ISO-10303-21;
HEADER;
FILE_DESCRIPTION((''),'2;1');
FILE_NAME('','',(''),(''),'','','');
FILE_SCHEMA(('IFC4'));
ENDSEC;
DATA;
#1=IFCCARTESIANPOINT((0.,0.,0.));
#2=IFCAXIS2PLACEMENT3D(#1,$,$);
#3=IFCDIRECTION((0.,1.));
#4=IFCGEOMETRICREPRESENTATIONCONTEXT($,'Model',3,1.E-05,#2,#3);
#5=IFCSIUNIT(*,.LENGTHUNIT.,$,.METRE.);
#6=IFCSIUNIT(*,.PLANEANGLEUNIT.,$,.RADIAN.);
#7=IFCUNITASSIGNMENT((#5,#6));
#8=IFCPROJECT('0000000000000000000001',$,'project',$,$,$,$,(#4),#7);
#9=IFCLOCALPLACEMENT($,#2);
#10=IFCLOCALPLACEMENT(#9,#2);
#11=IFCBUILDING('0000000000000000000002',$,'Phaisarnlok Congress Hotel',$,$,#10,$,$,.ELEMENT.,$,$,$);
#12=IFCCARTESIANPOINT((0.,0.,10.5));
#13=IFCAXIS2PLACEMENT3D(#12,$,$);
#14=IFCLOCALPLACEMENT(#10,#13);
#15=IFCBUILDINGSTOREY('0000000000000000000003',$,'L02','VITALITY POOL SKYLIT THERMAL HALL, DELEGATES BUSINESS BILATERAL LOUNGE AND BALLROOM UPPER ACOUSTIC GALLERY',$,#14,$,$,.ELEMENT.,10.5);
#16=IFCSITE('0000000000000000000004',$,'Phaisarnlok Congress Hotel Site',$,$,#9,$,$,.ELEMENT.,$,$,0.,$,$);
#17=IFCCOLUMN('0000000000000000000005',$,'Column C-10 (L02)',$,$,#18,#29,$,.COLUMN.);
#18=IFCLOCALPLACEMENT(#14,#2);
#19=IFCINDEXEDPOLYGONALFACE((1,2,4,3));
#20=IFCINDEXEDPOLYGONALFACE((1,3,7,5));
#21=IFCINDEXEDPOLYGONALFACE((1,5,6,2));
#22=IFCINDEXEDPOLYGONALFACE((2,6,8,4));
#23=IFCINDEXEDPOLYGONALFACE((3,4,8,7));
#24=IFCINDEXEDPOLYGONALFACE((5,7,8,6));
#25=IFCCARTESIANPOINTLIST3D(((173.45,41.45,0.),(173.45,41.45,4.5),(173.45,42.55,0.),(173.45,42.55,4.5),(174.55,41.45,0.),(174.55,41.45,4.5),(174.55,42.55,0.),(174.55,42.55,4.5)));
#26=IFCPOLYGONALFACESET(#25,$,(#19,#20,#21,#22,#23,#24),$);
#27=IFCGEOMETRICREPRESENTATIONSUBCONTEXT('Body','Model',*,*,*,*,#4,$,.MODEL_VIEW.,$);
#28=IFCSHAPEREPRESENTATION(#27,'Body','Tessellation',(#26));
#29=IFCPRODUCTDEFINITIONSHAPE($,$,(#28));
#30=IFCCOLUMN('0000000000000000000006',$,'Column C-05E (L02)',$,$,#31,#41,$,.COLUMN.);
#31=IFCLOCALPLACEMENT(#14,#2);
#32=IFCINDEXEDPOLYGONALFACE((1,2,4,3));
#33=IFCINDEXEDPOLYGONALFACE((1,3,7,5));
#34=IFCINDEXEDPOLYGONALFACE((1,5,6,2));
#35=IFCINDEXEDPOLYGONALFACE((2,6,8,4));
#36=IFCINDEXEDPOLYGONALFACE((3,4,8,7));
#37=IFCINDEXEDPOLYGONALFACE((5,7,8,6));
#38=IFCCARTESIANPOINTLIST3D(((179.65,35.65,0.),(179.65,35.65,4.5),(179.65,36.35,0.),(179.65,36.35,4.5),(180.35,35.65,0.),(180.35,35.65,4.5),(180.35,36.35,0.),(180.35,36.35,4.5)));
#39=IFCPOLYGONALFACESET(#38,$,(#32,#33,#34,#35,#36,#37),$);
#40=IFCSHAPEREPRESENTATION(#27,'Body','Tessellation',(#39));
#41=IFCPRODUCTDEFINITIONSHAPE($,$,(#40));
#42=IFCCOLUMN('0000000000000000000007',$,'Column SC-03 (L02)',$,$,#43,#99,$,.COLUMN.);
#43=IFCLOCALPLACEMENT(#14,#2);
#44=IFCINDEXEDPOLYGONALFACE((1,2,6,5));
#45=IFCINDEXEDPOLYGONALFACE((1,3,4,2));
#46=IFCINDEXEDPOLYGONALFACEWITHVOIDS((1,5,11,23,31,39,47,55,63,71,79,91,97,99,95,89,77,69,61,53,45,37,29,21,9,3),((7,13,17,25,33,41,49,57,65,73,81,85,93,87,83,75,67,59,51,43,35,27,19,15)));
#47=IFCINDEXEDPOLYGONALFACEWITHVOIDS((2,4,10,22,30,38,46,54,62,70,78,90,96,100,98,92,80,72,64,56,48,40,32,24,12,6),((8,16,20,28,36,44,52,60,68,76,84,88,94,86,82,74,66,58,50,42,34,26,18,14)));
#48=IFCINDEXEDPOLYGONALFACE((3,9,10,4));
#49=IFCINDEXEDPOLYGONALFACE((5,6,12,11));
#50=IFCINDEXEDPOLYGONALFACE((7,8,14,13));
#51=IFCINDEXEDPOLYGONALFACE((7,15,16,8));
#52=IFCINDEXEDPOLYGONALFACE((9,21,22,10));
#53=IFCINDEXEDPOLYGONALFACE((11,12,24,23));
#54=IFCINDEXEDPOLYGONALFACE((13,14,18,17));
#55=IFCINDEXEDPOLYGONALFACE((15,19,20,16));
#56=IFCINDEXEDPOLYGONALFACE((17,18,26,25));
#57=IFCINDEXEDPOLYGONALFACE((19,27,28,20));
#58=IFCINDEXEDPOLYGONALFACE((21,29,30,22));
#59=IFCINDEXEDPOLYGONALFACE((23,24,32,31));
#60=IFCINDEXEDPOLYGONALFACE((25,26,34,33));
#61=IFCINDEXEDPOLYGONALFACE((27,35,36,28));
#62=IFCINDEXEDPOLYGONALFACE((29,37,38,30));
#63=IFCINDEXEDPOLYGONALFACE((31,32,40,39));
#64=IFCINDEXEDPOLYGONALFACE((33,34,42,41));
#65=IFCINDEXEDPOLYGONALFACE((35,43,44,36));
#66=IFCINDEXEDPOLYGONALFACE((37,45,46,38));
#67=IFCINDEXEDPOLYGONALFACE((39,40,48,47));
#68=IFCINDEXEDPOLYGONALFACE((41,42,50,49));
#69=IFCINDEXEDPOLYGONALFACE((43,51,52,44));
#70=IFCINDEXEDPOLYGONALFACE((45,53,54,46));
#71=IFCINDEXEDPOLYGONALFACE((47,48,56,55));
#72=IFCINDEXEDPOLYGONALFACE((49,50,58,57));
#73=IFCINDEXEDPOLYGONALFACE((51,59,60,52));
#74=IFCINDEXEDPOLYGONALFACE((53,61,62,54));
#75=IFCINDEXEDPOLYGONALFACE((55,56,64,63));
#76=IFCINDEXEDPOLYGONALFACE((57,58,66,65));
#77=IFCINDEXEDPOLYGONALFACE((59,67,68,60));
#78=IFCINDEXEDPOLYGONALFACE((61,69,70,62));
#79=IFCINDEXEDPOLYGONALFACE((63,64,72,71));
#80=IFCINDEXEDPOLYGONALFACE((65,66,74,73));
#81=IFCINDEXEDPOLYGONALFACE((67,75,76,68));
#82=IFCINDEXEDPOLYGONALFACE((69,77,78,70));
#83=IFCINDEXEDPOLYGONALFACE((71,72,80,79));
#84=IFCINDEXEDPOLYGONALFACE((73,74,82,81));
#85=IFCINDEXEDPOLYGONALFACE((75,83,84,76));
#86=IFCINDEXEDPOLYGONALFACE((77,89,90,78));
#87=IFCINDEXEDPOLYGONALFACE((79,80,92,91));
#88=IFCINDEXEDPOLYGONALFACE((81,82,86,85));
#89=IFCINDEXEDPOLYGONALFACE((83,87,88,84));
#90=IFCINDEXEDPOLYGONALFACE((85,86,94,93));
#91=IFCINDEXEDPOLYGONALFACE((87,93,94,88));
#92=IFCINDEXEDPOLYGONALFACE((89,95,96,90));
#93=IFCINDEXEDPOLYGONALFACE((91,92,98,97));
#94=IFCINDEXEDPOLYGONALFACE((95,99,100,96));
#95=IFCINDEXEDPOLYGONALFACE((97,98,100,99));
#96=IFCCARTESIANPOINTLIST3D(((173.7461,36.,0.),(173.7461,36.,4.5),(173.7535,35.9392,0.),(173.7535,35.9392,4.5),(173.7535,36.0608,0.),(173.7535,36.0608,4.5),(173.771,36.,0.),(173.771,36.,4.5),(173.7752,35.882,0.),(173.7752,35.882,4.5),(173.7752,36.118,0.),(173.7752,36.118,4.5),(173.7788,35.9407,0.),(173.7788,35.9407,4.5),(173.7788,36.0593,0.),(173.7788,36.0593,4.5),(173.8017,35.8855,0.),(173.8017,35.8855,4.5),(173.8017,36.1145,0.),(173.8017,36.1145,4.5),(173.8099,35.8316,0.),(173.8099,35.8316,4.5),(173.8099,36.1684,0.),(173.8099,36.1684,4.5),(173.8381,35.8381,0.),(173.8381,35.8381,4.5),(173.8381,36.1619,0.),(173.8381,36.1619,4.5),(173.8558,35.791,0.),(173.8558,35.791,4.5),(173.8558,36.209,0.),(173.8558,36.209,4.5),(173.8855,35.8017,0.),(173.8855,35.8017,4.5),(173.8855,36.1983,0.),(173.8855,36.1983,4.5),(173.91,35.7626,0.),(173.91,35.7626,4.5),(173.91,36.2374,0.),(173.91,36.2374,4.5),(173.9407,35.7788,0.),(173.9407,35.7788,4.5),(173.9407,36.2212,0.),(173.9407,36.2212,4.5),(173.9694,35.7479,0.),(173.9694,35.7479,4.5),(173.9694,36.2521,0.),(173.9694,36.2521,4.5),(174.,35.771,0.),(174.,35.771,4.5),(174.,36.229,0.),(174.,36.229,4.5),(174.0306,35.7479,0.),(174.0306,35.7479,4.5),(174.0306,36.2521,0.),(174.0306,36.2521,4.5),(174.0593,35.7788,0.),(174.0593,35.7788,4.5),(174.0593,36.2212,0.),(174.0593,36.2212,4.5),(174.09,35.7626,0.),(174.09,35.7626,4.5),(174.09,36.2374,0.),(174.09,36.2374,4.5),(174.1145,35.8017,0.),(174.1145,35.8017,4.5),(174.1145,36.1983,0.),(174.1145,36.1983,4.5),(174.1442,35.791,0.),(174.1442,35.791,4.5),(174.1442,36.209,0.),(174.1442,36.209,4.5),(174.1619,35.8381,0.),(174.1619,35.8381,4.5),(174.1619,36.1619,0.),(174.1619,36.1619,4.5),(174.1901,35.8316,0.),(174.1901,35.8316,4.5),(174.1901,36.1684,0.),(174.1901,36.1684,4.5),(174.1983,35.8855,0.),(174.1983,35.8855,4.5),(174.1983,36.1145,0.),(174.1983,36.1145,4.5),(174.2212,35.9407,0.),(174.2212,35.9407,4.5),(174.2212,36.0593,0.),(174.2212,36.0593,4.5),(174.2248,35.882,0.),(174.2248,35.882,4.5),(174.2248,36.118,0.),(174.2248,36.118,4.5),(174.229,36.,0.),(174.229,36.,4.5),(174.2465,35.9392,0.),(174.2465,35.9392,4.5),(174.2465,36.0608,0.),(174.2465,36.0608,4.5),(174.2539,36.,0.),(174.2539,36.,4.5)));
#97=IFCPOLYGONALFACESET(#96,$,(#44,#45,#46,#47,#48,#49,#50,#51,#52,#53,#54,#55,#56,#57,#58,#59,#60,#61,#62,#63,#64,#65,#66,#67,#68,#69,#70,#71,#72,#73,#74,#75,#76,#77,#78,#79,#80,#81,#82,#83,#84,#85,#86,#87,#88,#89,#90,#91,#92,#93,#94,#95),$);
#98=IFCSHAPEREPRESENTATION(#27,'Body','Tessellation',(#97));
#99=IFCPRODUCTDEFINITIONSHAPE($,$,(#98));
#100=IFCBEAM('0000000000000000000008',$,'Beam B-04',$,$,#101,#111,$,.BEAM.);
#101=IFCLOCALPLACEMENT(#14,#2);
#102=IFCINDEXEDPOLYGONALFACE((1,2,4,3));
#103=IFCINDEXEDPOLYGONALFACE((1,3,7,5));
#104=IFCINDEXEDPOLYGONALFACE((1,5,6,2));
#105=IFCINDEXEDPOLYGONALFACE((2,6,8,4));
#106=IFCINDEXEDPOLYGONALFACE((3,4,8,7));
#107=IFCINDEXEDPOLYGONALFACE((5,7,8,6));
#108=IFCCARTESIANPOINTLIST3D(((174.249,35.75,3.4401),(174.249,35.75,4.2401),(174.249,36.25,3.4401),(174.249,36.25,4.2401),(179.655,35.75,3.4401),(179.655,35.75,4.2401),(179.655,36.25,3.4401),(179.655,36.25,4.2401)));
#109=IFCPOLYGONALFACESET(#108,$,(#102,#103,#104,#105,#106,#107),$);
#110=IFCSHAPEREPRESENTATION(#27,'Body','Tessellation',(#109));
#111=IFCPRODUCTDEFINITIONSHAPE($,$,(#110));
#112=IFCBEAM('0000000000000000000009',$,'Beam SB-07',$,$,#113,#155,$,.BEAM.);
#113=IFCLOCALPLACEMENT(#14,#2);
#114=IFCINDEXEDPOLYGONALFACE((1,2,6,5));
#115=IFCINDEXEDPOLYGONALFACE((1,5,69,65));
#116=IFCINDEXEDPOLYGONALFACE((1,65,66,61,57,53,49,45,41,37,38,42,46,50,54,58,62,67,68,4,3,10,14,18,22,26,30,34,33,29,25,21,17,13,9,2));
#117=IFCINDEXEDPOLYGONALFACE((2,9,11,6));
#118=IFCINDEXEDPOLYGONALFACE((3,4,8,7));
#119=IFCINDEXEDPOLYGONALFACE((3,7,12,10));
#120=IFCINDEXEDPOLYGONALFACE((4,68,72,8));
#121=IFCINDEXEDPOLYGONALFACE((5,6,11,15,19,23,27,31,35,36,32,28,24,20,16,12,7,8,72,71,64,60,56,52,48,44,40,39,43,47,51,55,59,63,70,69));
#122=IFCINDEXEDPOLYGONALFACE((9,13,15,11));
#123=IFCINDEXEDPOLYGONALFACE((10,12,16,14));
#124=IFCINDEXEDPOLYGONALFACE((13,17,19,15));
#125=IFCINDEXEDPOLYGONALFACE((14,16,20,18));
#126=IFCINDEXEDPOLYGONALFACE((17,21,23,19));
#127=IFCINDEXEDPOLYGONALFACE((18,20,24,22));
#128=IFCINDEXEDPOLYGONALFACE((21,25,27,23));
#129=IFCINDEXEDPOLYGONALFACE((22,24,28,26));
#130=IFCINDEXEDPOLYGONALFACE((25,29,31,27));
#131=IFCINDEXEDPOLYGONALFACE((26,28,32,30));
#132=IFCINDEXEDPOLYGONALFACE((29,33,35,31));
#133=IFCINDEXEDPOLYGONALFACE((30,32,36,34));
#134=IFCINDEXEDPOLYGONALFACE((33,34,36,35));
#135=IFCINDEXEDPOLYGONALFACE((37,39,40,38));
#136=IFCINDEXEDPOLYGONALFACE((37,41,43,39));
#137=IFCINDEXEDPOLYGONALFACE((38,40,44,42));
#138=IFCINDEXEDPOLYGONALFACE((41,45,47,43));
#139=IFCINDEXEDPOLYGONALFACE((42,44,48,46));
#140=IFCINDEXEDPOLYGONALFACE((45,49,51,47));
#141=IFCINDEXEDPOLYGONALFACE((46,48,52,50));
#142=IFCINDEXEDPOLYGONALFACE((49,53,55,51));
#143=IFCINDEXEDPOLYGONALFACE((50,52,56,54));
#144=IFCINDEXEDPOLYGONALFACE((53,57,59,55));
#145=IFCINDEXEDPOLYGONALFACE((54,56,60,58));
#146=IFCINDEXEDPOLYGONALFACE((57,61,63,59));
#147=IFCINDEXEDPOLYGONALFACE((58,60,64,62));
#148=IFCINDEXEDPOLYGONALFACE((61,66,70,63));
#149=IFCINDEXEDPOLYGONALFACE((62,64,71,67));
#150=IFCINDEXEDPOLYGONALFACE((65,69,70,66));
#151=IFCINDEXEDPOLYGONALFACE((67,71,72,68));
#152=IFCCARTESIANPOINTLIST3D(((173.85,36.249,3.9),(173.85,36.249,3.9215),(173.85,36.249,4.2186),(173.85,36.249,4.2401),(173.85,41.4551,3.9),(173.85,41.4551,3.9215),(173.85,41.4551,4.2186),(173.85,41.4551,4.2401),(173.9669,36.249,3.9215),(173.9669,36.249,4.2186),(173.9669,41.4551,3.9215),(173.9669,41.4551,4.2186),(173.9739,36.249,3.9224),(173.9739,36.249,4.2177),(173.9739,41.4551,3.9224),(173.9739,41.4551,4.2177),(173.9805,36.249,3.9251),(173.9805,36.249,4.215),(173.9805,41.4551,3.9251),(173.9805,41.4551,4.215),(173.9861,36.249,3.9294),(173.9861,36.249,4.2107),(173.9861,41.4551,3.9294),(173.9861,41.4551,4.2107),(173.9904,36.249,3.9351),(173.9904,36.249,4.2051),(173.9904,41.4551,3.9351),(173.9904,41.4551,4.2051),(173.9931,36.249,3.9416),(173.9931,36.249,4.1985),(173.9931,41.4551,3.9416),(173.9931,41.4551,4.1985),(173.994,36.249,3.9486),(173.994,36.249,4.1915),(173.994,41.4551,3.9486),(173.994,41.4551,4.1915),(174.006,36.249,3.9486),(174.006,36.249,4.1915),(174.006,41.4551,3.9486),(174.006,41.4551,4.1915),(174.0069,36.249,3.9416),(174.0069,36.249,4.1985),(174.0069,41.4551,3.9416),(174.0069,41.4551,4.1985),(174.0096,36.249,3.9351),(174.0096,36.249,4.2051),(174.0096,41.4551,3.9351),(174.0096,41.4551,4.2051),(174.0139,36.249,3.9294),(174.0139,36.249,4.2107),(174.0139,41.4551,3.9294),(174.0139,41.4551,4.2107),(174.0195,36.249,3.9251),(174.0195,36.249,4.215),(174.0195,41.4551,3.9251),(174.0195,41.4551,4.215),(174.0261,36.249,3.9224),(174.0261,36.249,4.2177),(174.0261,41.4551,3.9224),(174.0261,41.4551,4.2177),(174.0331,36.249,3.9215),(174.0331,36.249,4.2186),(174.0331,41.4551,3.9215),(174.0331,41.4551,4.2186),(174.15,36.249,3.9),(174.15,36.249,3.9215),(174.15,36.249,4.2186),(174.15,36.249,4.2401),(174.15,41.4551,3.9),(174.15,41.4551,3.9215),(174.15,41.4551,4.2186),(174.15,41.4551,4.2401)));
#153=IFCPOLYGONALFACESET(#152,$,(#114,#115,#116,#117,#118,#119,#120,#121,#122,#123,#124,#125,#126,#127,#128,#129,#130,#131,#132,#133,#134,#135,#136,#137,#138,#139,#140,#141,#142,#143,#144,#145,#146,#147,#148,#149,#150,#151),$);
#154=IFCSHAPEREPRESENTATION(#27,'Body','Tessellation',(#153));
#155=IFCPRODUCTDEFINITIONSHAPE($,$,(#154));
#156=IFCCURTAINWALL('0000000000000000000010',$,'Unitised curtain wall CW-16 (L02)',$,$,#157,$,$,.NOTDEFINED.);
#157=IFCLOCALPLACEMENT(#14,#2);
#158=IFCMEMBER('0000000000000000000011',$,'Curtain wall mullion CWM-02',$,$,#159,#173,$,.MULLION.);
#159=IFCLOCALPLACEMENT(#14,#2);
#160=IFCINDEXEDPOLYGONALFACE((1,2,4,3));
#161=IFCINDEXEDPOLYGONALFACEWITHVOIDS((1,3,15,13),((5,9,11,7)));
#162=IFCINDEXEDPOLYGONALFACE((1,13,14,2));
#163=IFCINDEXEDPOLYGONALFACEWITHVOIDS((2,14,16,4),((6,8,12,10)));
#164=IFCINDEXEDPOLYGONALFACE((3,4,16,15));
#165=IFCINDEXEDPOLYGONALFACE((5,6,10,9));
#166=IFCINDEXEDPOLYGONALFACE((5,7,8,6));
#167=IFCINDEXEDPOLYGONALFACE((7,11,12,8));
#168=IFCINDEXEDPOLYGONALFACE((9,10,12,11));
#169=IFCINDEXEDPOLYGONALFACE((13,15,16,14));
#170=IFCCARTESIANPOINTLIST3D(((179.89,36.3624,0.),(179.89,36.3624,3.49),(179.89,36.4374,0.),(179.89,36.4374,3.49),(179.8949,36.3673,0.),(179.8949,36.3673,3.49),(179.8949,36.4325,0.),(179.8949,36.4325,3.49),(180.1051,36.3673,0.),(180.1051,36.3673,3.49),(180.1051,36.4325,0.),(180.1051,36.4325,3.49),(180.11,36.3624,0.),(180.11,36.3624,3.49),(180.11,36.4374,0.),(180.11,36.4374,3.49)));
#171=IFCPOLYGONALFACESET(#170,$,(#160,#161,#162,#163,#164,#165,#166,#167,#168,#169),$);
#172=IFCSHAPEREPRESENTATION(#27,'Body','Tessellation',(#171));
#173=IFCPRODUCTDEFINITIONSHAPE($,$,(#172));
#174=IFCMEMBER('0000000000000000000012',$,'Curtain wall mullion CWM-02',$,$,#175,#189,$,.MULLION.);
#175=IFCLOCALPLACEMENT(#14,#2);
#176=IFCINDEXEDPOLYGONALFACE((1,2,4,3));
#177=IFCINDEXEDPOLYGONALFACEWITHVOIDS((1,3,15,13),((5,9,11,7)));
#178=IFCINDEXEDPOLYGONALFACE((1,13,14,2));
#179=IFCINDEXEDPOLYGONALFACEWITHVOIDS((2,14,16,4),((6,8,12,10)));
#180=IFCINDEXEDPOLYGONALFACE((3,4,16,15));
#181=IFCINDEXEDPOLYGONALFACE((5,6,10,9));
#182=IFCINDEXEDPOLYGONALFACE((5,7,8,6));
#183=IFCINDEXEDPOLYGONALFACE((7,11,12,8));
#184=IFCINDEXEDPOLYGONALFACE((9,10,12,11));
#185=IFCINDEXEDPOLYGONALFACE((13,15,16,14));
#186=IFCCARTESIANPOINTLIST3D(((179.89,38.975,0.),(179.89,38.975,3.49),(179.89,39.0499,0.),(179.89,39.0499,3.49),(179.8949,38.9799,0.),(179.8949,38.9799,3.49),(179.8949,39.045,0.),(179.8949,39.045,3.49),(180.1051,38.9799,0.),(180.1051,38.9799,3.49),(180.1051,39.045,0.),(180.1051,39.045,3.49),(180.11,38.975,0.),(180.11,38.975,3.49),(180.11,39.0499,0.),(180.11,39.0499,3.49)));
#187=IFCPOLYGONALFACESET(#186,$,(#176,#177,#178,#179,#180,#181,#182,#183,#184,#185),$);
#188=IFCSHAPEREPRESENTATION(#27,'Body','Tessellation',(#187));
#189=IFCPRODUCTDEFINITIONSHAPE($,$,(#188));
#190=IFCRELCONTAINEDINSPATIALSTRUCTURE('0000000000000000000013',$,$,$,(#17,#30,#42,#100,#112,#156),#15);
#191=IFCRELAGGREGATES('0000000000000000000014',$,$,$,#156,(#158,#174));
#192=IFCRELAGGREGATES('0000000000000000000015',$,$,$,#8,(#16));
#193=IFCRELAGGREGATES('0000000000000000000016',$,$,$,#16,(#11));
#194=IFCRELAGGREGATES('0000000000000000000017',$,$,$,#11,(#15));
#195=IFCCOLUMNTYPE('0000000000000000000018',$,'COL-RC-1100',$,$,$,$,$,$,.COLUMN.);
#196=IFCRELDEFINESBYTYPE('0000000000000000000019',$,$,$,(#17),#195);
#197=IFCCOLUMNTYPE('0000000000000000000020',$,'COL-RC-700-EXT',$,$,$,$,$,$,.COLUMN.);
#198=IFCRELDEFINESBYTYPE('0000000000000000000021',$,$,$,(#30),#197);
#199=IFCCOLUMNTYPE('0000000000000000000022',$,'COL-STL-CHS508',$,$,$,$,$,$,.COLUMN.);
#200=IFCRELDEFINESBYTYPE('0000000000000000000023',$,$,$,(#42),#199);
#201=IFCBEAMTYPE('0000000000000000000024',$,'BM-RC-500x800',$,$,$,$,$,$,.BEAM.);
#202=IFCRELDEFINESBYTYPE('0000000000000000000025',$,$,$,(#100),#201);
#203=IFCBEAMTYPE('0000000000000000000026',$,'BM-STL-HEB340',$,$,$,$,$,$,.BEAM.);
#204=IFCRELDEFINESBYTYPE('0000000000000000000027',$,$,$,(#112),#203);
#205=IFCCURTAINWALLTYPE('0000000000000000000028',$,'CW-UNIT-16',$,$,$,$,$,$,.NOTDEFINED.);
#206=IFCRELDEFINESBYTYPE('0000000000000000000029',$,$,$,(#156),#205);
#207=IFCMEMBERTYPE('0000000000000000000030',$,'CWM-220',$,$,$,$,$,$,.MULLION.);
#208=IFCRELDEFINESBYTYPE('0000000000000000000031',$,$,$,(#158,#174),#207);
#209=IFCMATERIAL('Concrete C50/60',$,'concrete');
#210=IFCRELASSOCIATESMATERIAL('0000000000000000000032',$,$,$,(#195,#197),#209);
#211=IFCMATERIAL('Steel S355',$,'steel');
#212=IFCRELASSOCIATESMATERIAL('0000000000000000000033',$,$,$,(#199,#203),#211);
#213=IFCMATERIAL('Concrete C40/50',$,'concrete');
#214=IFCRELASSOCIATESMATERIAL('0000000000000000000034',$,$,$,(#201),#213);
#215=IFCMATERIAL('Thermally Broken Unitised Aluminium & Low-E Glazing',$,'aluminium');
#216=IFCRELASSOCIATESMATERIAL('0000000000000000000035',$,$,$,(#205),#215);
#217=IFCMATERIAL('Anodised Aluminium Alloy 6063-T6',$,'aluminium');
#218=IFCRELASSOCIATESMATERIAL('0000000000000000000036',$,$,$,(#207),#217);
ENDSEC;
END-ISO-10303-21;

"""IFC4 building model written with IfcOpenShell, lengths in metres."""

from ifc_helpers import new_model, si_unit, direction, frame, origin, origin_2d, place, context, subcontext, project, spatial, rectangle, hollow_rectangle, hollow_circle, i_section, extrude, material, material_profile, profile_set, type_object, element, aggregate, save


model = new_model("IFC4")

# Units and contexts
model_context = context("Model", 3, precision=1e-05, world=origin(), true_north=direction((0.0, 1.0)))
body_context = subcontext(model_context, "Body", "Model", "MODEL_VIEW")
ifc_project = project(units=[si_unit("LENGTHUNIT", "METRE"), si_unit("PLANEANGLEUNIT", "RADIAN")], contexts=[model_context])

# Site, building, storey
site_placement = place(None, origin())
site = spatial("IfcSite", under=ifc_project, at=site_placement, Name="Phaisarnlok Congress Hotel Site", CompositionType="ELEMENT", RefElevation=0.0)
building_placement = place(site_placement, origin())
building = spatial("IfcBuilding", under=site, at=building_placement, Name="Phaisarnlok Congress Hotel", CompositionType="ELEMENT")
storey_placement = place(building_placement, frame((0.0, 0.0, 10.5)))
storey = spatial("IfcBuildingStorey", under=building, at=storey_placement, Name="L02", Description="VITALITY POOL SKYLIT THERMAL HALL, DELEGATES BUSINESS BILATERAL LOUNGE AND BALLROOM UPPER ACOUSTIC GALLERY", CompositionType="ELEMENT", Elevation=10.5)

# Columns
ifc_material_1 = material(Name="Concrete C50/60", Category="concrete")
ifc_material_profile_1 = material_profile(ifc_material_1, rectangle(XDim=1.1001, YDim=1.1001, at=origin_2d()), Name="RC 1100x1100")
ifc_profile_set_1 = profile_set([ifc_material_profile_1], Name="Concrete C50/60")
column_type_1 = type_object("IfcColumnType", Name="COL-RC-1100", PredefinedType="COLUMN", material=ifc_profile_set_1)
column_1_placement = place(storey_placement, frame((174.0, 42.0, 0.0), z_axis=(0.0, 0.0, 1.0), x_axis=(1.0, 0.0, 0.0)))
element("IfcColumn", 1, at=column_1_placement, inside=storey, type_object=column_type_1, Name="Column C-10 (L02)", PredefinedType="COLUMN", context=body_context, shape_type="SweptSolid", body=[
    extrude(rectangle(XDim=1.1001, YDim=1.1001, at=origin_2d()), origin(), (0.0, 0.0, 1.0), 4.5),
])
ifc_material_profile_2 = material_profile(ifc_material_1, rectangle(XDim=0.7, YDim=0.7, at=origin_2d()), Name="RC 700x700")
ifc_profile_set_2 = profile_set([ifc_material_profile_2], Name="Concrete C50/60")
column_type_2 = type_object("IfcColumnType", Name="COL-RC-700-EXT", PredefinedType="COLUMN", material=ifc_profile_set_2)
column_2_placement = place(storey_placement, frame((180.0, 36.0, 0.0), z_axis=(0.0, 0.0, 1.0), x_axis=(1.0, 0.0, 0.0)))
element("IfcColumn", 2, at=column_2_placement, inside=storey, type_object=column_type_2, Name="Column C-05E (L02)", PredefinedType="COLUMN", context=body_context, shape_type="SweptSolid", body=[
    extrude(rectangle(XDim=0.7, YDim=0.7, at=origin_2d()), origin(), (0.0, 0.0, 1.0), 4.5),
])
ifc_material_2 = material(Name="Steel S355", Category="steel")
ifc_material_profile_3 = material_profile(ifc_material_2, hollow_circle(Radius=0.2539, WallThickness=0.0249, at=origin_2d()), Name="CHS 508x25")
ifc_profile_set_3 = profile_set([ifc_material_profile_3], Name="Steel S355")
column_type_3 = type_object("IfcColumnType", Name="COL-STL-CHS508", PredefinedType="COLUMN", material=ifc_profile_set_3)
column_3_placement = place(storey_placement, frame((174.0, 36.0, 0.0), z_axis=(0.0, 0.0, 1.0), x_axis=(1.0, 0.0, 0.0)))
element("IfcColumn", 3, at=column_3_placement, inside=storey, type_object=column_type_3, Name="Column SC-03 (L02)", PredefinedType="COLUMN", context=body_context, shape_type="SweptSolid", body=[
    extrude(hollow_circle(Radius=0.2539, WallThickness=0.0249, at=origin_2d()), origin(), (0.0, 0.0, 1.0), 4.5),
])

# Beams
ifc_material_3 = material(Name="Concrete C40/50", Category="concrete")
ifc_material_profile_4 = material_profile(ifc_material_3, rectangle(XDim=0.5, YDim=0.8, at=origin_2d()), Name="RC 500x800")
ifc_profile_set_4 = profile_set([ifc_material_profile_4], Name="Concrete C40/50")
beam_type_1 = type_object("IfcBeamType", Name="BM-RC-500x800", PredefinedType="BEAM", material=ifc_profile_set_4)
beam_1_placement = place(storey_placement, frame((174.249, 36.0, 3.8401), z_axis=(1.0, 0.0, 0.0), x_axis=(0.0, 1.0, 0.0)))
element("IfcBeam", 4, at=beam_1_placement, inside=storey, type_object=beam_type_1, Name="Beam B-04", PredefinedType="BEAM", context=body_context, shape_type="SweptSolid", body=[
    extrude(rectangle(XDim=0.5, YDim=0.8, at=origin_2d()), origin(), (0.0, 0.0, 1.0), 5.406),
])
ifc_material_profile_5 = material_profile(ifc_material_2, i_section(OverallWidth=0.3, OverallDepth=0.3401, WebThickness=0.012, FlangeThickness=0.0215, FilletRadius=0.0271, at=origin_2d()), Name="HEB 340")
ifc_profile_set_5 = profile_set([ifc_material_profile_5], Name="Steel S355")
beam_type_2 = type_object("IfcBeamType", Name="BM-STL-HEB340", PredefinedType="BEAM", material=ifc_profile_set_5)
beam_2_placement = place(storey_placement, frame((174.0, 36.249, 4.0701), z_axis=(0.0, 1.0, 0.0), x_axis=(-1.0, 0.0, 0.0)))
element("IfcBeam", 5, at=beam_2_placement, inside=storey, type_object=beam_type_2, Name="Beam SB-07", PredefinedType="BEAM", context=body_context, shape_type="SweptSolid", body=[
    extrude(i_section(OverallWidth=0.3, OverallDepth=0.3401, WebThickness=0.012, FlangeThickness=0.0215, FilletRadius=0.0271, at=origin_2d()), origin(), (0.0, 0.0, 1.0), 5.2061),
])

# Curtain wall, members
ifc_material_4 = material(Name="Thermally Broken Unitised Aluminium & Low-E Glazing", Category="aluminium")
curtain_wall_type = type_object("IfcCurtainWallType", Name="CW-UNIT-16", PredefinedType="NOTDEFINED", material=ifc_material_4)
curtain_wall_placement = place(storey_placement, origin())
curtain_wall = element("IfcCurtainWall", 6, at=curtain_wall_placement, inside=storey, type_object=curtain_wall_type, Name="Unitised curtain wall CW-16 (L02)", PredefinedType="NOTDEFINED")
ifc_material_5 = material(Name="Anodised Aluminium Alloy 6063-T6", Category="aluminium")
ifc_material_profile_6 = material_profile(ifc_material_5, hollow_rectangle(XDim=0.075, YDim=0.22, WallThickness=0.0049, at=origin_2d()), Name="ALU-M 75x220x5")
ifc_profile_set_6 = profile_set([ifc_material_profile_6], Name="Anodised Aluminium Alloy 6063-T6")
member_type_1 = type_object("IfcMemberType", Name="CWM-220", PredefinedType="MULLION", material=ifc_profile_set_6)
member_1_placement = place(storey_placement, frame((180.0, 36.3999, 0.0), z_axis=(0.0, 0.0, 1.0), x_axis=(0.0, 1.0, 0.0)))
member_1 = element("IfcMember", 7, at=member_1_placement, type_object=member_type_1, Name="Curtain wall mullion CWM-02", PredefinedType="MULLION", context=body_context, shape_type="SweptSolid", body=[
    extrude(hollow_rectangle(XDim=0.075, YDim=0.22, WallThickness=0.0049, at=origin_2d()), origin(), (0.0, 0.0, 1.0), 3.49),
])
member_2_placement = place(storey_placement, frame((180.0, 39.0125, 0.0), z_axis=(0.0, 0.0, 1.0), x_axis=(0.0, 1.0, 0.0)))
member_2 = element("IfcMember", 8, at=member_2_placement, type_object=member_type_1, Name="Curtain wall mullion CWM-02", PredefinedType="MULLION", context=body_context, shape_type="SweptSolid", body=[
    extrude(hollow_rectangle(XDim=0.075, YDim=0.22, WallThickness=0.0049, at=origin_2d()), origin(), (0.0, 0.0, 1.0), 3.49),
])

aggregate(curtain_wall, [member_1, member_2])

save(model, "model.ifc")
